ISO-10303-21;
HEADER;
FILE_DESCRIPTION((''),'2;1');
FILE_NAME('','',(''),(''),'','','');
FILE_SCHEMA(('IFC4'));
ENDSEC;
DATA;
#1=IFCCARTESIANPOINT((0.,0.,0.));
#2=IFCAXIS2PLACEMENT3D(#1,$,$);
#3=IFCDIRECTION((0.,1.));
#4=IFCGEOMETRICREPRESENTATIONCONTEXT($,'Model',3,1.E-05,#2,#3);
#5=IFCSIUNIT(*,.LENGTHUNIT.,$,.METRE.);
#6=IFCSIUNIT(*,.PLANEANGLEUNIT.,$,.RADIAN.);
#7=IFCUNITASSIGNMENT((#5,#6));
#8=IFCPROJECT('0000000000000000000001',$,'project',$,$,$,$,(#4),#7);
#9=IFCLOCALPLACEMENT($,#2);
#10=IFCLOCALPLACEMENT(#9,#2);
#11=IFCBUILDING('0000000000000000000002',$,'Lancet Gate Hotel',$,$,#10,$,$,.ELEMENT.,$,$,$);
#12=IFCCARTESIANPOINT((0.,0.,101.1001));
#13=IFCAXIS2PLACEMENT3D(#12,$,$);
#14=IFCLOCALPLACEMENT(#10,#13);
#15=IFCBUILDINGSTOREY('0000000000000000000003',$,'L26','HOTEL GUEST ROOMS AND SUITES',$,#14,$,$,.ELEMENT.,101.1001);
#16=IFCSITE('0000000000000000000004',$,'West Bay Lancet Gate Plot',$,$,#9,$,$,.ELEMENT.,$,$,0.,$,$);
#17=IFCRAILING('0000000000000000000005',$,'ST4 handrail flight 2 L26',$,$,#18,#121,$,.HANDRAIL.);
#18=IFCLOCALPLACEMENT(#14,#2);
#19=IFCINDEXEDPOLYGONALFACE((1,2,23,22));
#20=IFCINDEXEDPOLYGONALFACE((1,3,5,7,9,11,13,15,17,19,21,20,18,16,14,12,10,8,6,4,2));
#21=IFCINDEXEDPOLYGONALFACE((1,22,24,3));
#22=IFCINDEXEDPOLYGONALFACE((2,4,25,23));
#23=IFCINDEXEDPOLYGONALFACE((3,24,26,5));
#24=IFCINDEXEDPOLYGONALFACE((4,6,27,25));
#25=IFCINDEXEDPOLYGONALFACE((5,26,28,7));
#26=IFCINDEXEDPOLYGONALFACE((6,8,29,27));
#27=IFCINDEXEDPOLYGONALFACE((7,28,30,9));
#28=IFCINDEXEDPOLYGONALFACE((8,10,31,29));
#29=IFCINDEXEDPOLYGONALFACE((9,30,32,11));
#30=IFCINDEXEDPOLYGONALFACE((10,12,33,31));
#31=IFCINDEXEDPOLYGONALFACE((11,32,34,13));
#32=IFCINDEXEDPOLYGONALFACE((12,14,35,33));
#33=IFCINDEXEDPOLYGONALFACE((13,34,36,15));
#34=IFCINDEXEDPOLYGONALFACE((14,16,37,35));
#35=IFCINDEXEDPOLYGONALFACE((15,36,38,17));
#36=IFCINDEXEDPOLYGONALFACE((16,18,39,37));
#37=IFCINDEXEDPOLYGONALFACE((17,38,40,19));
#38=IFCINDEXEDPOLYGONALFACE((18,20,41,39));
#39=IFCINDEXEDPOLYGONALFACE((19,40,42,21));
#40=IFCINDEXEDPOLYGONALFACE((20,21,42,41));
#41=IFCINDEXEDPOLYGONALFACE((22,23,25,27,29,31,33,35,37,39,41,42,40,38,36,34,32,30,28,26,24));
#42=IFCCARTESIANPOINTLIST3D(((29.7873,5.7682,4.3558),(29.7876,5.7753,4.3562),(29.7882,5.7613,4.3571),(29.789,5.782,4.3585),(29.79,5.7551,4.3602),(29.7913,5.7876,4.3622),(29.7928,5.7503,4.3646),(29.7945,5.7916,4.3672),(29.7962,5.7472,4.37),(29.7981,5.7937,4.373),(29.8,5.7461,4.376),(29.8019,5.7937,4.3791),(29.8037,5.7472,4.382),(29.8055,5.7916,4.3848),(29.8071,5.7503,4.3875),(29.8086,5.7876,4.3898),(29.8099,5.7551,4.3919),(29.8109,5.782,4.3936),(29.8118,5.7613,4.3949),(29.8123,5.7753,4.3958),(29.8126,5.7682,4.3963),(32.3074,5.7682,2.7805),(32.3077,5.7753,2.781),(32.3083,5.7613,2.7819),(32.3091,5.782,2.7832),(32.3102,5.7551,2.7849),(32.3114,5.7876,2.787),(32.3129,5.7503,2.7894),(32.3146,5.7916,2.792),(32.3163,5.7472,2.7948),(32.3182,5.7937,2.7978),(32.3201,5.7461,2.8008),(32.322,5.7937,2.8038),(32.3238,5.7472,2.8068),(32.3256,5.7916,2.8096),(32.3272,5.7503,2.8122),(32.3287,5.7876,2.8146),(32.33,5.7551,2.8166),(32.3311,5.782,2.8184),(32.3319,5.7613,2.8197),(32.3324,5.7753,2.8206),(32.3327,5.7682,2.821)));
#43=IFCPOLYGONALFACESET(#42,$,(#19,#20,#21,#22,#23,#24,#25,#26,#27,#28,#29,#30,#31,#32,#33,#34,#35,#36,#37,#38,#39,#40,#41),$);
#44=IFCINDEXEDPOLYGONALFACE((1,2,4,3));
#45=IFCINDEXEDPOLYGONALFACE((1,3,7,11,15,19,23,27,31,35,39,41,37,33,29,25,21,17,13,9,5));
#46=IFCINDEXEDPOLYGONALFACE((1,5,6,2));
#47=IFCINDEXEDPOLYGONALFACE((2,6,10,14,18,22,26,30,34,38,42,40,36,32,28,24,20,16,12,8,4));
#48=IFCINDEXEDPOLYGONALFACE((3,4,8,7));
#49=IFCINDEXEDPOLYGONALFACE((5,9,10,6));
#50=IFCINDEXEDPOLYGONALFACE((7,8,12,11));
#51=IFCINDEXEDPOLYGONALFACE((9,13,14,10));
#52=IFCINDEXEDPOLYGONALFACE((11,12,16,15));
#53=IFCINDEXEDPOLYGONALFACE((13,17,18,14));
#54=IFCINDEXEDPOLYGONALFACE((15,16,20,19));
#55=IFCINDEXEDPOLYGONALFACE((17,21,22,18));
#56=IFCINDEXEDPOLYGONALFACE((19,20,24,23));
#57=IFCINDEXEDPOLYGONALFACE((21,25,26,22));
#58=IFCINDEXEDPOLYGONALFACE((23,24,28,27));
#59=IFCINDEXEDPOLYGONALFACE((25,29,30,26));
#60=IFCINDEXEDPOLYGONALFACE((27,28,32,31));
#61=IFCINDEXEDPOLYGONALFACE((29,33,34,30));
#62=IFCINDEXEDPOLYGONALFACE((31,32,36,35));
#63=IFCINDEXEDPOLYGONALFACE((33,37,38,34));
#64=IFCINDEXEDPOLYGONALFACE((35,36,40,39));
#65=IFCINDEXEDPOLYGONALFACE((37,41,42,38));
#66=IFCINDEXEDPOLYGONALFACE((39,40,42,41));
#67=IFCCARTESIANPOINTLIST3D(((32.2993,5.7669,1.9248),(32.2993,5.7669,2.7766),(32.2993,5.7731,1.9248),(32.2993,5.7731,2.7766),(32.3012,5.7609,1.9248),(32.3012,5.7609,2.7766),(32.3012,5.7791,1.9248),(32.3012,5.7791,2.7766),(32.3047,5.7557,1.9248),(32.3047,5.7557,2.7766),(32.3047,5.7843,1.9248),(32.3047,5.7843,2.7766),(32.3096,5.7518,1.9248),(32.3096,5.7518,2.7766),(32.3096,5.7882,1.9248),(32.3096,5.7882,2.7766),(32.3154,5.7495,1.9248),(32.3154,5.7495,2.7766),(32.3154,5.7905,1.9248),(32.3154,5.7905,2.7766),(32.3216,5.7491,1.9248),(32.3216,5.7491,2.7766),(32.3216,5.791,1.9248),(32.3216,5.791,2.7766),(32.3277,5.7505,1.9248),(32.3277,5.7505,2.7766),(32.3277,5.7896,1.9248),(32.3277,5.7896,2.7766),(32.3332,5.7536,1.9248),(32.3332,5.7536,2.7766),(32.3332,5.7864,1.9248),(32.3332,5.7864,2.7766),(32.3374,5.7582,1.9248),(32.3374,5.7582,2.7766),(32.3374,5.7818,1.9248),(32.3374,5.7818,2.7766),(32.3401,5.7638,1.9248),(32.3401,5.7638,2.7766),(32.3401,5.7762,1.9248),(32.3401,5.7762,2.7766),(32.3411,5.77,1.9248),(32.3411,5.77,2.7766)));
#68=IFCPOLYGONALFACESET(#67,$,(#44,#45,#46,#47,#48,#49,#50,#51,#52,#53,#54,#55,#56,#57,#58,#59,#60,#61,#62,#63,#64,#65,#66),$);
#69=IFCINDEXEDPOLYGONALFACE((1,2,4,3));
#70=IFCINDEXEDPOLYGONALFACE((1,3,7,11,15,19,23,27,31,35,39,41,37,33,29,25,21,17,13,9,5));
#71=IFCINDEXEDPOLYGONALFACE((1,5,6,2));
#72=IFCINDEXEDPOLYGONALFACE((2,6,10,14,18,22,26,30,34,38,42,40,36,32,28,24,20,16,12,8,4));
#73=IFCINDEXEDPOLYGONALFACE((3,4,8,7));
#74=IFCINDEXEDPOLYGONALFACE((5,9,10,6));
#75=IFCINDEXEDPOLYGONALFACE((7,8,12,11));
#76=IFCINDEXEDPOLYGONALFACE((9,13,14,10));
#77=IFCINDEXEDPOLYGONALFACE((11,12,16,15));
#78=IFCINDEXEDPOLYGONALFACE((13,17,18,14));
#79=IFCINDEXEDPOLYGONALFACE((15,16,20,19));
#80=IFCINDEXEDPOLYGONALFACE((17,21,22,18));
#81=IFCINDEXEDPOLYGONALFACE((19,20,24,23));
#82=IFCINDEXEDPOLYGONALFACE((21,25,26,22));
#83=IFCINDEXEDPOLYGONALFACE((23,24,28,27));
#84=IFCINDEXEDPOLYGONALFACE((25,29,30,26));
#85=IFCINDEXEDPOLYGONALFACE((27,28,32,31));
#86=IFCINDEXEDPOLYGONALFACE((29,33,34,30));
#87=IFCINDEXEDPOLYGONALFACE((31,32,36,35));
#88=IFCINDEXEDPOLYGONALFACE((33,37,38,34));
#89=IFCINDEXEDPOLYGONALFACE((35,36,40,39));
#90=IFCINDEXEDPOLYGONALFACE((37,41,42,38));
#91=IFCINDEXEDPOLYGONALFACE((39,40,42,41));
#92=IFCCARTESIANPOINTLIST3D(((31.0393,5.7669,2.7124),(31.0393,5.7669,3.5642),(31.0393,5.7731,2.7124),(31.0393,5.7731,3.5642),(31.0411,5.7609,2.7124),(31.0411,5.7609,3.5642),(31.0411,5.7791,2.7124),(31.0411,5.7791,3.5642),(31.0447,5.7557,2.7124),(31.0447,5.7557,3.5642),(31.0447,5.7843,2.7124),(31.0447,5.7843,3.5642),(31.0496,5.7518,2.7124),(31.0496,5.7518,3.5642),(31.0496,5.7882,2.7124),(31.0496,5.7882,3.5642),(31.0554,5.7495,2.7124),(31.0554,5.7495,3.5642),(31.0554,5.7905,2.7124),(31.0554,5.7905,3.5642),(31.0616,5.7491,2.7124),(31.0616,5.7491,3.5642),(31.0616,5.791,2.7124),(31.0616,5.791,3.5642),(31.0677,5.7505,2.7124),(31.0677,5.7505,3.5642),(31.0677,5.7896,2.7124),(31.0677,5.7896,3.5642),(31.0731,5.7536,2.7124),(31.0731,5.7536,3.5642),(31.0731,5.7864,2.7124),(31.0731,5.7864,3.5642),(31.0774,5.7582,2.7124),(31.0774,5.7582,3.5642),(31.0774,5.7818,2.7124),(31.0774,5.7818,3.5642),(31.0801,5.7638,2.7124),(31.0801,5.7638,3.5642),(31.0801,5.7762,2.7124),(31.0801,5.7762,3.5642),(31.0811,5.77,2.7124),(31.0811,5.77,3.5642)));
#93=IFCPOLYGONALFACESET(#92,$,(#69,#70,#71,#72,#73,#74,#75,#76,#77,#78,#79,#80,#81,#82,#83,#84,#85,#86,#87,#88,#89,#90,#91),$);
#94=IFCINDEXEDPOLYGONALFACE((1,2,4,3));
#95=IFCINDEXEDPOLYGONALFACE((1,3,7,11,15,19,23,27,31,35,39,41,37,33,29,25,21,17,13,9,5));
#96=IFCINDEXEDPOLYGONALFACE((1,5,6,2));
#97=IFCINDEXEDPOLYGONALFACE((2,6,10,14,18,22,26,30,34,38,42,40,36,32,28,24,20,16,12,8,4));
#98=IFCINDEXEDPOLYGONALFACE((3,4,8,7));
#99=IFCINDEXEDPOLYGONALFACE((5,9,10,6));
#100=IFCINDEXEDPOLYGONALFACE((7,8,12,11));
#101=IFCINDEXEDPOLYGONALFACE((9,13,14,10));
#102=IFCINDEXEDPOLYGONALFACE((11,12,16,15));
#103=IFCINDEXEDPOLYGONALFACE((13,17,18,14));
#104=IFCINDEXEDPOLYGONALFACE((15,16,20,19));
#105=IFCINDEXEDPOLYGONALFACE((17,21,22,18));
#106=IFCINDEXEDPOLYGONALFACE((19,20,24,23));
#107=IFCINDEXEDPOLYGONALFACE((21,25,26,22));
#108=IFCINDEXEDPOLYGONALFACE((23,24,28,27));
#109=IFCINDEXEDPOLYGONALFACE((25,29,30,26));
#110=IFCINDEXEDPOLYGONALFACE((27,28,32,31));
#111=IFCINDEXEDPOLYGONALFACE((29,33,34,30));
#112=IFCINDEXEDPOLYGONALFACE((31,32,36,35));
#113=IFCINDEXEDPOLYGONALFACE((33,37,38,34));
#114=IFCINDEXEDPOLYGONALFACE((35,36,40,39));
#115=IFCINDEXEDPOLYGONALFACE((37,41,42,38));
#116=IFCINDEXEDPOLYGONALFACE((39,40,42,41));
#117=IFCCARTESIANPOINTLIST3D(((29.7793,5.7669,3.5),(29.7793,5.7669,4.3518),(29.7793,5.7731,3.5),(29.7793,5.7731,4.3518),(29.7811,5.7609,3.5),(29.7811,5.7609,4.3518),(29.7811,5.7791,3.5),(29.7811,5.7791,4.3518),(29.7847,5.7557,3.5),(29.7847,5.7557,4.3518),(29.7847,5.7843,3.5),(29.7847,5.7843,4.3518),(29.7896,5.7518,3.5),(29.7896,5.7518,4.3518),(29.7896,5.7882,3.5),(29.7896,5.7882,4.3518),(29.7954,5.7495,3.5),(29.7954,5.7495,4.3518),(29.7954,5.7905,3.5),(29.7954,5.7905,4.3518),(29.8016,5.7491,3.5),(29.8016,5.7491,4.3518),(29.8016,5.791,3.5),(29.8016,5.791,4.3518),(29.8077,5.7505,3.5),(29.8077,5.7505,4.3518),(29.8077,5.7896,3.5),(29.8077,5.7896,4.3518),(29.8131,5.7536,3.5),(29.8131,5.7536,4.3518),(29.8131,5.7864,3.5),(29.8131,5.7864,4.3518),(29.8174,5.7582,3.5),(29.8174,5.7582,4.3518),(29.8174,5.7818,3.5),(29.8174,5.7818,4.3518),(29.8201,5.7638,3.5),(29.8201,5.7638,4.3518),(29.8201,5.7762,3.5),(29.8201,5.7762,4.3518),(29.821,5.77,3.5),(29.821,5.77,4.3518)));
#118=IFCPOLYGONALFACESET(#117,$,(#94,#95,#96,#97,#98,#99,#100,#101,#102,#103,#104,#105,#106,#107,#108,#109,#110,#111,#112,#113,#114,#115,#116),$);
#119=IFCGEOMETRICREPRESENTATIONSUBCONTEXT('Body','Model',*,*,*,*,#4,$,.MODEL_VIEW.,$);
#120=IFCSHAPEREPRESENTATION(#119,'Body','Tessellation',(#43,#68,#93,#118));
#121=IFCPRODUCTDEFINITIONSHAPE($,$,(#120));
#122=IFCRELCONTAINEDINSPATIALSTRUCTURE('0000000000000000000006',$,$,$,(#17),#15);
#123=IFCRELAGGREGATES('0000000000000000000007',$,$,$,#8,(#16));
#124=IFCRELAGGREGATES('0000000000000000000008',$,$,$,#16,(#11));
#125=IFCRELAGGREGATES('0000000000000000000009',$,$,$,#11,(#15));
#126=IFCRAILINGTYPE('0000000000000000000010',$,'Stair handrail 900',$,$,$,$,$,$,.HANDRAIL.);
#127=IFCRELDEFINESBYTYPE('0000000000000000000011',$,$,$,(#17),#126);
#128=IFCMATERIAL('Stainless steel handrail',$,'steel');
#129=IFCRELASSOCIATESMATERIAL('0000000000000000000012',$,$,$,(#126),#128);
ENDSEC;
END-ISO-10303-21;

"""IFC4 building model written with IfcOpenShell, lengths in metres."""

from ifc_helpers import new_model, si_unit, direction, frame, origin, origin_2d, place, context, subcontext, project, spatial, circle, extrude, material, type_object, element, save


model = new_model("IFC4")

# Units and contexts
model_context = context("Model", 3, precision=1e-05, world=origin(), true_north=direction((0.0, 1.0)))
body_context = subcontext(model_context, "Body", "Model", "MODEL_VIEW")
ifc_project = project(units=[si_unit("LENGTHUNIT", "METRE"), si_unit("PLANEANGLEUNIT", "RADIAN")], contexts=[model_context])

# Site, building, storey
site_placement = place(None, origin())
site = spatial("IfcSite", under=ifc_project, at=site_placement, Name="West Bay Lancet Gate Plot", CompositionType="ELEMENT", RefElevation=0.0)
building_placement = place(site_placement, origin())
building = spatial("IfcBuilding", under=site, at=building_placement, Name="Lancet Gate Hotel", CompositionType="ELEMENT")
storey_placement = place(building_placement, frame((0.0, 0.0, 101.1001)))
storey = spatial("IfcBuildingStorey", under=building, at=storey_placement, Name="L26", Description="HOTEL GUEST ROOMS AND SUITES", CompositionType="ELEMENT", Elevation=101.1001)

# Railing
ifc_material_1 = material(Name="Stainless steel handrail", Category="steel")
railing_type = type_object("IfcRailingType", Name="Stair handrail 900", PredefinedType="HANDRAIL", material=ifc_material_1)
railing_1_placement = place(storey_placement, frame((32.3201, 5.77, 1.9248)))
element("IfcRailing", 1, at=railing_1_placement, inside=storey, type_object=railing_type, Name="ST4 handrail flight 2 L26", PredefinedType="HANDRAIL", context=body_context, shape_type="SweptSolid", body=[
    extrude(circle(Radius=0.0239, at=origin_2d()), frame((0.0, 0.0, 0.876), z_axis=(-0.847971, 0.0, 0.530043), x_axis=(0.0, -1.0, 0.0)), (0.0, 0.0, 1.0), 2.9719),
    extrude(circle(Radius=0.021, at=origin_2d()), origin(), (0.0, 0.0, 1.0), 0.8518),
    extrude(circle(Radius=0.021, at=origin_2d()), frame((-1.26, 0.0, 0.7876)), (0.0, 0.0, 1.0), 0.8518),
    extrude(circle(Radius=0.021, at=origin_2d()), frame((-2.52, 0.0, 1.5752)), (0.0, 0.0, 1.0), 0.8518),
])

save(model, "model.ifc")
